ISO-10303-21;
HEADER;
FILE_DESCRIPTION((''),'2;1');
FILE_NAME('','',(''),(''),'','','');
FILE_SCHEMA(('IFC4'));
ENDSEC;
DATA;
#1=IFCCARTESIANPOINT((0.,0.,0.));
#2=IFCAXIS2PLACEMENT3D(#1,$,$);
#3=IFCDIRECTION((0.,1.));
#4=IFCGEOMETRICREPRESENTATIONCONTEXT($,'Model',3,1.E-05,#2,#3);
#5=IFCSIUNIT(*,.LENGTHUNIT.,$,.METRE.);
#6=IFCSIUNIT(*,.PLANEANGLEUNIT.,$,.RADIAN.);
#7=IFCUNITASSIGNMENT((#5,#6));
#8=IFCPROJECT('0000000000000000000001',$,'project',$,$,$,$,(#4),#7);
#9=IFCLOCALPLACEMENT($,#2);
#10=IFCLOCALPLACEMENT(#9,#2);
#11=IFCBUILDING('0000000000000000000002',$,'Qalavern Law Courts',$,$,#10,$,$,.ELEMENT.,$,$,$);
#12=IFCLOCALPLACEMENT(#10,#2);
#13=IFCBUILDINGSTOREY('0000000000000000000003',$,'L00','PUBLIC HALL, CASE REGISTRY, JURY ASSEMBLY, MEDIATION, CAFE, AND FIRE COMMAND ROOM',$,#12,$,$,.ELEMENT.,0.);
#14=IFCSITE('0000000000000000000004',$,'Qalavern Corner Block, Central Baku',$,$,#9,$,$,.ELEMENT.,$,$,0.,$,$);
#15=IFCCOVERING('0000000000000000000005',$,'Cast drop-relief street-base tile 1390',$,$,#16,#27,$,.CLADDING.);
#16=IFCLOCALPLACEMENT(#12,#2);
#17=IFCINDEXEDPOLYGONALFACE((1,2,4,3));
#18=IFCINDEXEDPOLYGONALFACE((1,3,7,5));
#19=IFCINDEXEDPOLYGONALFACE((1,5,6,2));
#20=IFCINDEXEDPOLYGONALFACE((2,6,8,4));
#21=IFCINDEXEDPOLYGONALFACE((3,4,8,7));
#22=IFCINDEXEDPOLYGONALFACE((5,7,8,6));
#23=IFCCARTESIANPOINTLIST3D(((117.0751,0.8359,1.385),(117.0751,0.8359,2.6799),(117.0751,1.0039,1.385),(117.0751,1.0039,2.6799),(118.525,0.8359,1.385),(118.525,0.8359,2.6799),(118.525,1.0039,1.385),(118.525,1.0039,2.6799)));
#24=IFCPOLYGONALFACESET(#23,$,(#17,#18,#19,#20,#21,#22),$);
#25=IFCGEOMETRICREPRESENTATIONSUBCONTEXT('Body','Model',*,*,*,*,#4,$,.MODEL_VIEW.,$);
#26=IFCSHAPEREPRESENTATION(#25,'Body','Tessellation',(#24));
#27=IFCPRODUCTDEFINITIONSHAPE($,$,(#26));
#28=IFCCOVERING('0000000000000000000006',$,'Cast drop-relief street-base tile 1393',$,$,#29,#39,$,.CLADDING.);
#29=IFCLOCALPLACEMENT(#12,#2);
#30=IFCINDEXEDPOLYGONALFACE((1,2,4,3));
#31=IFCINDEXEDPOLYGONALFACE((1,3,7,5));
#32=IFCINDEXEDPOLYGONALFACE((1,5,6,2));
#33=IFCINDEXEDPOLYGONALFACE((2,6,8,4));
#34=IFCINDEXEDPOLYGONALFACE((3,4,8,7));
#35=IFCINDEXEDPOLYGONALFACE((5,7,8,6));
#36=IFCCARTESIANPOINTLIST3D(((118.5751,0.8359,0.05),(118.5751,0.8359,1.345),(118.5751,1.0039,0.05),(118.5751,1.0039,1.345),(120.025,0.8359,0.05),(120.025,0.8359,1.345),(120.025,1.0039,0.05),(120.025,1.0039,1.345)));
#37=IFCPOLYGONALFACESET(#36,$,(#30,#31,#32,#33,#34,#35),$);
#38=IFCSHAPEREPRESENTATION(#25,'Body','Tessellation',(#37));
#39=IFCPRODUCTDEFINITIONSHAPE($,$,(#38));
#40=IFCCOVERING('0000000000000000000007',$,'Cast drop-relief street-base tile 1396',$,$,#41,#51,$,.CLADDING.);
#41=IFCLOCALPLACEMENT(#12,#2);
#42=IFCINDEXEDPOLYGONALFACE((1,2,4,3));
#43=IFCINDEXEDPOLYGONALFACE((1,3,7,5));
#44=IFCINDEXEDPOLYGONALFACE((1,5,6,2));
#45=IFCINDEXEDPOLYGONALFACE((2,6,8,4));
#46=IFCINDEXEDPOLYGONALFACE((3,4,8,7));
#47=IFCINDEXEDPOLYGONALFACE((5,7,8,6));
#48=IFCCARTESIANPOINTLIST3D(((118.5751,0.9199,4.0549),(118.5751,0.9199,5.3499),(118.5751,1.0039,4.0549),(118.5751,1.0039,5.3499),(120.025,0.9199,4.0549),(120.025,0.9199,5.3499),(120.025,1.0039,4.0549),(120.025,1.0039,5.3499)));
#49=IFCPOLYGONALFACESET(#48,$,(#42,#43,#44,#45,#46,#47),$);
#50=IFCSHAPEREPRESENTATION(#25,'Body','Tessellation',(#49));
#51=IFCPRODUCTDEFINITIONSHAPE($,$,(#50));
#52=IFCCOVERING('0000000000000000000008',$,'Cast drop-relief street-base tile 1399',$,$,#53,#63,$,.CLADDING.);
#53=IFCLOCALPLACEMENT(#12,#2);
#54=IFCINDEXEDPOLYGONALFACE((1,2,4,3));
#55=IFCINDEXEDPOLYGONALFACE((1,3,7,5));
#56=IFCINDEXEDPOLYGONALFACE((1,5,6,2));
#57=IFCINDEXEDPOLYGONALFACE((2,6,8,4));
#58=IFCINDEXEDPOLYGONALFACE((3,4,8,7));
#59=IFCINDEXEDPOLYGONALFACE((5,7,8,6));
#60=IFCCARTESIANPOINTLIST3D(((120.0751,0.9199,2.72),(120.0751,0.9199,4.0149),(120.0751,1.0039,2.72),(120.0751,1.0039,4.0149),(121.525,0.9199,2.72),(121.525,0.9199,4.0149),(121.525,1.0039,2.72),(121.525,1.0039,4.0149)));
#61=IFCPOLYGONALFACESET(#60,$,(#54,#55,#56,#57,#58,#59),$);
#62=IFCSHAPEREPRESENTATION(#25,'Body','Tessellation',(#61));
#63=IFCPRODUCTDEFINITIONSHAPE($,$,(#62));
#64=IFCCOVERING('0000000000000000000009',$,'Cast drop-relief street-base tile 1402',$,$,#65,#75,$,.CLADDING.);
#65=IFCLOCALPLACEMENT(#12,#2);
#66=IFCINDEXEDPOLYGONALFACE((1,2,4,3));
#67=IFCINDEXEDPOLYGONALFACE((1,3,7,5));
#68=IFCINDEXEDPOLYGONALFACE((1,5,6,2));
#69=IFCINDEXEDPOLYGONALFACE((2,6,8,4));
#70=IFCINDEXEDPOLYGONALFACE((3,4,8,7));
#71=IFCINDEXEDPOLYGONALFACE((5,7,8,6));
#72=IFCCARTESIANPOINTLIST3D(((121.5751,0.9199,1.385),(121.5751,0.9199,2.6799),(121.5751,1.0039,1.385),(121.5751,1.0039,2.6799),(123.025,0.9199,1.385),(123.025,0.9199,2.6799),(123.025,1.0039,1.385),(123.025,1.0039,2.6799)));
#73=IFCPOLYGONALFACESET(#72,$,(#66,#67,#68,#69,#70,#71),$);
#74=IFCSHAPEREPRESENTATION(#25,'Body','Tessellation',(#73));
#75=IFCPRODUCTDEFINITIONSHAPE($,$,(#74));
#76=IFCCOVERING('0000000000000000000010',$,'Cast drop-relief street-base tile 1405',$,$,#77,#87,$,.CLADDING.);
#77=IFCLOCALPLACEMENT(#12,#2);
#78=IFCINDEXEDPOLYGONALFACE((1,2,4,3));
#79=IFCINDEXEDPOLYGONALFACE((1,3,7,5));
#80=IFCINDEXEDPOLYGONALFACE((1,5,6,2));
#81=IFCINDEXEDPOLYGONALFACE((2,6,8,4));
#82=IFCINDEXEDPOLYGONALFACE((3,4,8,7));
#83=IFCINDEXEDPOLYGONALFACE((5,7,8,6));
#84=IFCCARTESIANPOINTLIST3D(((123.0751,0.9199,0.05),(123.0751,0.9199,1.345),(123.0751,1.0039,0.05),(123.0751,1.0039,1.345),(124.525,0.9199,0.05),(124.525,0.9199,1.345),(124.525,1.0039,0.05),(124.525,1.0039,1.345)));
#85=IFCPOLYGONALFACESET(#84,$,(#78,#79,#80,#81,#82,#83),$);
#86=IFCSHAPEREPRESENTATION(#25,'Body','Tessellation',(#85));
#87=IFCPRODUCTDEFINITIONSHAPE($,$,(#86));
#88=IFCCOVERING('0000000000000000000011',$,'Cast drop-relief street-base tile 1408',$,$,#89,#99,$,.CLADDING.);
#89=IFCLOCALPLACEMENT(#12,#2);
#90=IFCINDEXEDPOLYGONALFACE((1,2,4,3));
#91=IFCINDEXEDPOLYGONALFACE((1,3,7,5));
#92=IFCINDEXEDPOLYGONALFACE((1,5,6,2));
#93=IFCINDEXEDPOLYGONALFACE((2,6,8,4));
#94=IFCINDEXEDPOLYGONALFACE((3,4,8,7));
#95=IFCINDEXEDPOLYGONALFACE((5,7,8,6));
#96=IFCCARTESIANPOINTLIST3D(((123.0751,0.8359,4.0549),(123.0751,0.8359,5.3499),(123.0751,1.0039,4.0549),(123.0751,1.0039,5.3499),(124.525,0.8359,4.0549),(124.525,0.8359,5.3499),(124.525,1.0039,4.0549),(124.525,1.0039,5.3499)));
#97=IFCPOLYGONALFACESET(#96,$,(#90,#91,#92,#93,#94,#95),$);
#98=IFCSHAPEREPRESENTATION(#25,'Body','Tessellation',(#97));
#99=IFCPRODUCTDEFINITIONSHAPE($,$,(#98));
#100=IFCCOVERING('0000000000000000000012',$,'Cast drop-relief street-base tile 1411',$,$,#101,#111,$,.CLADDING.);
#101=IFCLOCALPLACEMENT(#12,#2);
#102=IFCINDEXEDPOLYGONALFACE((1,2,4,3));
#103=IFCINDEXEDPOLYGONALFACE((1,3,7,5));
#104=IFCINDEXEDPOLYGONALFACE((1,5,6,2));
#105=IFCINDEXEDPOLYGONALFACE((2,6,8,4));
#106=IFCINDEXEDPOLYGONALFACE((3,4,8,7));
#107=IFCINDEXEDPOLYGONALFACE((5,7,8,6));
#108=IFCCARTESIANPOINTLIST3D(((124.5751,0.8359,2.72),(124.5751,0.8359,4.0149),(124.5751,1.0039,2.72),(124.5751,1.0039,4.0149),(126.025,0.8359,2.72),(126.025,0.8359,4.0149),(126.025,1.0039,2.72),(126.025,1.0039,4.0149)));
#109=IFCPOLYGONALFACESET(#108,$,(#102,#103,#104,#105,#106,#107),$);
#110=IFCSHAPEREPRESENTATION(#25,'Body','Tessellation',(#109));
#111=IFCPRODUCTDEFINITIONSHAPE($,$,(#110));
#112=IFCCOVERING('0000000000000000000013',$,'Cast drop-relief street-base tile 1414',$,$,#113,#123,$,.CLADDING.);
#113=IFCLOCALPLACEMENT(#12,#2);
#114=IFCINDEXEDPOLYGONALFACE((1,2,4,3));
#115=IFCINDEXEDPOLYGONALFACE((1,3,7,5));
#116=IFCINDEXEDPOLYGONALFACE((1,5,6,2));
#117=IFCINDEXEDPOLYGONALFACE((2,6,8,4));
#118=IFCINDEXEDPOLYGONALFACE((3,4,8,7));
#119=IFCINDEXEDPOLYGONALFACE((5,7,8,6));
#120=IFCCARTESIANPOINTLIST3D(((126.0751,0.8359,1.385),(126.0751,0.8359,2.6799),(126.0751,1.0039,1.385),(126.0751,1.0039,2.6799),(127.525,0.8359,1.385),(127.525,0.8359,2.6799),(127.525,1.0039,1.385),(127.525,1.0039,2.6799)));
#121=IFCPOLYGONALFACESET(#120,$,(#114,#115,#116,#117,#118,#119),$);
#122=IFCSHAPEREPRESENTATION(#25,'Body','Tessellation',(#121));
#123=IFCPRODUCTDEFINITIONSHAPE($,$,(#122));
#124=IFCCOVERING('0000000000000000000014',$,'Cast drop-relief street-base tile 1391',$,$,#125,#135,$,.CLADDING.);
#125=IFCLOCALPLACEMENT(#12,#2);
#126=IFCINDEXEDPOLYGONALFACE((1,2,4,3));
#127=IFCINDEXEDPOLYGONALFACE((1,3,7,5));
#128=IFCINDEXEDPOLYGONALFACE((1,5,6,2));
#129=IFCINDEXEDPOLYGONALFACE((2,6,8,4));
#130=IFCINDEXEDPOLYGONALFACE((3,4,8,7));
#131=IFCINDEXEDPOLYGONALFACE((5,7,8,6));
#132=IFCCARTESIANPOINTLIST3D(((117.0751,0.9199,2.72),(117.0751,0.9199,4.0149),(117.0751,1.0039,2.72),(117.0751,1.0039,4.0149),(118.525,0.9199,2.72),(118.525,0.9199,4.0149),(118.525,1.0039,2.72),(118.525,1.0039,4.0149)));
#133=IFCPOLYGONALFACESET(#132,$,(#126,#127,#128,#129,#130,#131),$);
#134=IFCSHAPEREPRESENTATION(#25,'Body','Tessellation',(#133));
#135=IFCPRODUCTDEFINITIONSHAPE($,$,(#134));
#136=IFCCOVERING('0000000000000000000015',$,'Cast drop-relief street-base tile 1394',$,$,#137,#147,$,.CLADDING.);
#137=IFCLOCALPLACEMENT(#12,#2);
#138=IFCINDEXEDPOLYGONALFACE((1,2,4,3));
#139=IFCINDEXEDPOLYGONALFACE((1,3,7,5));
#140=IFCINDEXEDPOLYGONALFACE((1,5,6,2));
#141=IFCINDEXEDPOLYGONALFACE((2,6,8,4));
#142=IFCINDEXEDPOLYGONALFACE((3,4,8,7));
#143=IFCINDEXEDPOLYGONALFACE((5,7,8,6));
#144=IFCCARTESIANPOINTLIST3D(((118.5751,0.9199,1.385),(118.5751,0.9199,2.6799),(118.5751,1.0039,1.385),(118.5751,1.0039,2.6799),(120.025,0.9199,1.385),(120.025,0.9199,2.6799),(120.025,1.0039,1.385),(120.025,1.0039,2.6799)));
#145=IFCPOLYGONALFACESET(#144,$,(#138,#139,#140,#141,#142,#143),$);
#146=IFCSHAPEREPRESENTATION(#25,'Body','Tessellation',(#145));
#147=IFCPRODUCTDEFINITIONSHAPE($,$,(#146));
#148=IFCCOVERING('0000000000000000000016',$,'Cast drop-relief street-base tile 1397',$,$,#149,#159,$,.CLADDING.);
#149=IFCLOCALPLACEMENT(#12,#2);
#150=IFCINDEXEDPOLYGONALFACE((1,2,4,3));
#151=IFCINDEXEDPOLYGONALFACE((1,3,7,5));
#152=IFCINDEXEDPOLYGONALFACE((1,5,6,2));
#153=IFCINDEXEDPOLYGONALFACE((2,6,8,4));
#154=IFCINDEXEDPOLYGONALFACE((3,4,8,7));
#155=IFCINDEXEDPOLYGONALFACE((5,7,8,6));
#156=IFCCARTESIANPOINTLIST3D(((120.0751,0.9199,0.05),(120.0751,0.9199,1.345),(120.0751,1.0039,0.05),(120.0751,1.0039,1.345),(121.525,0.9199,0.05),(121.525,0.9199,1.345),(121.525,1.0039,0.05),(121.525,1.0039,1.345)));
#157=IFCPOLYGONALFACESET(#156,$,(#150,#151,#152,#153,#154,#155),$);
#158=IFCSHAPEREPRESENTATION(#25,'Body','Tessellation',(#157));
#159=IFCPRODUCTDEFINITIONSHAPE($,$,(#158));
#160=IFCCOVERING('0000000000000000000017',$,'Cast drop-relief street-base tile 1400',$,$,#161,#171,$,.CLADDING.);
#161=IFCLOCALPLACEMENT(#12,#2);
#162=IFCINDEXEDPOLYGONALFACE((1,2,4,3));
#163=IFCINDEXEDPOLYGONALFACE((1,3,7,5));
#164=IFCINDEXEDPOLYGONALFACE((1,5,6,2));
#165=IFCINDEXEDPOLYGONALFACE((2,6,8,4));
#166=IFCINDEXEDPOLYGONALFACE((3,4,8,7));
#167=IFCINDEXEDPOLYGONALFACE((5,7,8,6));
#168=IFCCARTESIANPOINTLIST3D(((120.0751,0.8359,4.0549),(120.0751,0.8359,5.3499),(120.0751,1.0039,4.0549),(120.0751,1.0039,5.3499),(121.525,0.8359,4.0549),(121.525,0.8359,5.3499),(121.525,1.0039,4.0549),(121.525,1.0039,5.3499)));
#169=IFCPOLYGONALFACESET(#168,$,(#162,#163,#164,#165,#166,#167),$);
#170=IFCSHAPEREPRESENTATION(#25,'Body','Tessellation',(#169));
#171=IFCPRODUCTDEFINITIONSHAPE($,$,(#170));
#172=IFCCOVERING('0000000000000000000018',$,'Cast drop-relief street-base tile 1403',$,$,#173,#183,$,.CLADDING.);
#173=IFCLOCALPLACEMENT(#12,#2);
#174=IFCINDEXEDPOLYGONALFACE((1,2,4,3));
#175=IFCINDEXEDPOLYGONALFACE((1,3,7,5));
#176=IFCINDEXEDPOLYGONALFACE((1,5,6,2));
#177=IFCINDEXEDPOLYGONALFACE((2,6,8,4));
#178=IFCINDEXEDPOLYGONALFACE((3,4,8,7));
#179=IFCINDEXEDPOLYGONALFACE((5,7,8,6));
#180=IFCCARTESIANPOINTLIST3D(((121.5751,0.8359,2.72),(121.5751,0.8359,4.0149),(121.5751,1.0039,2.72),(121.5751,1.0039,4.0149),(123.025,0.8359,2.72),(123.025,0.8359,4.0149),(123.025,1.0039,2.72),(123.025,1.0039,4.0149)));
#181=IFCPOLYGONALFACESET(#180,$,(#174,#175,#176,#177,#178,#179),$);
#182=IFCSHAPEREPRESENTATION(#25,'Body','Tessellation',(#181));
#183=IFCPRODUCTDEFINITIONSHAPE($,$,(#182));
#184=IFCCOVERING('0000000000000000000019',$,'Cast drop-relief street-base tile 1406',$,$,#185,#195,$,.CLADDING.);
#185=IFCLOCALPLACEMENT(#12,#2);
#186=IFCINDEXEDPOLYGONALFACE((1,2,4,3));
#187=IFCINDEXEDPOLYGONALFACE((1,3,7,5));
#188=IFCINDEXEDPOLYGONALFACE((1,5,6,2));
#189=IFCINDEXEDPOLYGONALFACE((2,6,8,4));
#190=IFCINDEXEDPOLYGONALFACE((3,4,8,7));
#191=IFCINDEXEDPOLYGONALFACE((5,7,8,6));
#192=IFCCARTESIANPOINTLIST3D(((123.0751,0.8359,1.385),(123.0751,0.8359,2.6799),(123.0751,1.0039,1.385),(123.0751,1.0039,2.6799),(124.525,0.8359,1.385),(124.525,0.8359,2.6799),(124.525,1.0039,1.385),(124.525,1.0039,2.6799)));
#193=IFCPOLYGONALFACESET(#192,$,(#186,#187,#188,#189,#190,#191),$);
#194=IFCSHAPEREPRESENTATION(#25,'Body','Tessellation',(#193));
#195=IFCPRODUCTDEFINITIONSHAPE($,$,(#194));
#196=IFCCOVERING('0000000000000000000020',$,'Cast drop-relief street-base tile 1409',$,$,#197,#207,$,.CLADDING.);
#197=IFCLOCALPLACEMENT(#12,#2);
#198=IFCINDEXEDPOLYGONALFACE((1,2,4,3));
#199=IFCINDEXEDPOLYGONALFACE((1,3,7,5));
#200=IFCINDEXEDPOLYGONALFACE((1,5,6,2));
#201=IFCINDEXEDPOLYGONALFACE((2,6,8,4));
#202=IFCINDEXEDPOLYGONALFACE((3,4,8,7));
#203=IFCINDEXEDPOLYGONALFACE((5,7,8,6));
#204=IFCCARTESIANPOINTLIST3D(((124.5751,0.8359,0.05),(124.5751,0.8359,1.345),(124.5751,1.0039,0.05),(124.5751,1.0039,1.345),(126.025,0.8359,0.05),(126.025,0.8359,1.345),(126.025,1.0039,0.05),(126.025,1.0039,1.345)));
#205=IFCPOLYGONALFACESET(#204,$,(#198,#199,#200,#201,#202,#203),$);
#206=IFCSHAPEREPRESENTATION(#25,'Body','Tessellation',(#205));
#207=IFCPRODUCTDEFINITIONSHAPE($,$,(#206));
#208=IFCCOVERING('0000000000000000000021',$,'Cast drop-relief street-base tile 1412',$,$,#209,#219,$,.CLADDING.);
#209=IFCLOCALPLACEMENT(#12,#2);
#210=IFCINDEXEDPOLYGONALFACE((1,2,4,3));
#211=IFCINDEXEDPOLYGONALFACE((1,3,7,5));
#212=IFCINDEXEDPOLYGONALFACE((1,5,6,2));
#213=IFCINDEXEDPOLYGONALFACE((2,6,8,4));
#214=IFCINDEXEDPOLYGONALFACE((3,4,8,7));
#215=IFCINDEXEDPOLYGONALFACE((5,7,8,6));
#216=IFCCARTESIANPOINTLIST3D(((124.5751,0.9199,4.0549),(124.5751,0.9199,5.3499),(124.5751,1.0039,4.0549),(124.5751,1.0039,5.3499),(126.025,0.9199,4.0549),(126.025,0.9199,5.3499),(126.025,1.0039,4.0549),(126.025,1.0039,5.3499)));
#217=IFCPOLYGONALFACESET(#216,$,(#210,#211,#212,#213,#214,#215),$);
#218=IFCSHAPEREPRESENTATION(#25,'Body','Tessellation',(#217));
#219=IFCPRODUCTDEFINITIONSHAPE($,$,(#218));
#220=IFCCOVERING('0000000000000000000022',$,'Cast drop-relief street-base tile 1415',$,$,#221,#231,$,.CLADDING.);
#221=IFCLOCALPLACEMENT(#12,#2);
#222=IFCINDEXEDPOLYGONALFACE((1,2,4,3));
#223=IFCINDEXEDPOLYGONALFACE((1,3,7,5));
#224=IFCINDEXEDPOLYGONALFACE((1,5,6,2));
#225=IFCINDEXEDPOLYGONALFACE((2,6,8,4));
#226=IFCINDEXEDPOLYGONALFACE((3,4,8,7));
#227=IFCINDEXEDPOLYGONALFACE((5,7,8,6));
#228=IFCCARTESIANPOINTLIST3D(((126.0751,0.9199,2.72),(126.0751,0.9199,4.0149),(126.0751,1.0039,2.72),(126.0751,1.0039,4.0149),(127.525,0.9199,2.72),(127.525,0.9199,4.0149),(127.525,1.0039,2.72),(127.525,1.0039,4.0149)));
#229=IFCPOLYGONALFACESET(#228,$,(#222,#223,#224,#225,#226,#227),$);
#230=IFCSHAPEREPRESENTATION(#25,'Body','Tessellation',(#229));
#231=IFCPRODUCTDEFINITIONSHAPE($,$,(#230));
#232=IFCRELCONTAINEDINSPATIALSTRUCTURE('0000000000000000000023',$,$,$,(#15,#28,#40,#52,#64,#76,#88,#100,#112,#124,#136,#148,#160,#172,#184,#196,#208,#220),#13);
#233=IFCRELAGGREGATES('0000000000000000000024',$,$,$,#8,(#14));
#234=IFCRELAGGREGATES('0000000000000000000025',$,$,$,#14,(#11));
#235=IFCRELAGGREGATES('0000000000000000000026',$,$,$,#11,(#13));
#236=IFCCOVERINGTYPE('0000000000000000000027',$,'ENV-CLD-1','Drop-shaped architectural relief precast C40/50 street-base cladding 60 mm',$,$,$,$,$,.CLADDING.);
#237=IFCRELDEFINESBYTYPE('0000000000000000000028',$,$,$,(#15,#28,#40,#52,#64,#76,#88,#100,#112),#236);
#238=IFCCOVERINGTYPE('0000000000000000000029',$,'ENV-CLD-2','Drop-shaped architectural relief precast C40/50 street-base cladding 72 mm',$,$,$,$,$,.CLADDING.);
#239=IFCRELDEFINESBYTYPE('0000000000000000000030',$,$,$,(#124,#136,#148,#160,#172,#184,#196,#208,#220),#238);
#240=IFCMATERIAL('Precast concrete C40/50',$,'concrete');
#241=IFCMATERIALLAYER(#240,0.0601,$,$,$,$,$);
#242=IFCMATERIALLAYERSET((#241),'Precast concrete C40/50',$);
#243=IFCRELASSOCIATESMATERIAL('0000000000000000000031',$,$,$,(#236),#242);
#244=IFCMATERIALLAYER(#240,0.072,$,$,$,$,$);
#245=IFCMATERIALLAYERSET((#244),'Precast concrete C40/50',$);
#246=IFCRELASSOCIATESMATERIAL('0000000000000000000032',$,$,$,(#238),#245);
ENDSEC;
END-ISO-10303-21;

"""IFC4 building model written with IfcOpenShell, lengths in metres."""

from ifc_helpers import new_model, si_unit, direction, frame, origin, origin_2d, place, context, subcontext, project, spatial, rectangle, extrude, material, layer, layer_set, type_object, element, save


model = new_model("IFC4")

# Units and contexts
model_context = context("Model", 3, precision=1e-05, world=origin(), true_north=direction((0.0, 1.0)))
body_context = subcontext(model_context, "Body", "Model", "MODEL_VIEW")
ifc_project = project(units=[si_unit("LENGTHUNIT", "METRE"), si_unit("PLANEANGLEUNIT", "RADIAN")], contexts=[model_context])

# Site, building, storey
site_placement = place(None, origin())
site = spatial("IfcSite", under=ifc_project, at=site_placement, Name="Qalavern Corner Block, Central Baku", CompositionType="ELEMENT", RefElevation=0.0)
building_placement = place(site_placement, origin())
building = spatial("IfcBuilding", under=site, at=building_placement, Name="Qalavern Law Courts", CompositionType="ELEMENT")
storey_placement = place(building_placement, origin())
storey = spatial("IfcBuildingStorey", under=building, at=storey_placement, Name="L00", Description="PUBLIC HALL, CASE REGISTRY, JURY ASSEMBLY, MEDIATION, CAFE, AND FIRE COMMAND ROOM", CompositionType="ELEMENT", Elevation=0.0)

# Coverings
ifc_material_1 = material(Name="Precast concrete C40/50", Category="concrete")
ifc_layer_1 = layer(ifc_material_1, 0.0601)
ifc_layer_set_1 = layer_set([ifc_layer_1], Name="Precast concrete C40/50")
covering_type_1 = type_object("IfcCoveringType", Name="ENV-CLD-1", Description="Drop-shaped architectural relief precast C40/50 street-base cladding 60 mm", PredefinedType="CLADDING", material=ifc_layer_set_1)
for number, where, z_axis, x_axis, name in (
    (1, (117.8, 0.9199, 1.385), (0.0, 0.0, 1.0), (1.0, 0.0, 0.0), "Cast drop-relief street-base tile 1390"),
    (2, (119.3, 0.9199, 0.05), (0.0, 0.0, 1.0), (1.0, 0.0, 0.0), "Cast drop-relief street-base tile 1393"),
):
    element("IfcCovering", number, at=place(storey_placement, frame(where, z_axis=z_axis, x_axis=x_axis)), inside=storey, type_object=covering_type_1, Name=name, PredefinedType="CLADDING", context=body_context, shape_type="SweptSolid", body=[
        extrude(rectangle(XDim=1.45, YDim=0.168, at=origin_2d()), origin(), (0.0, 0.0, 1.0), 1.2949),
    ])
for number, where, z_axis, x_axis, name in (
    (3, (119.3, 0.9619, 4.0549), (0.0, 0.0, 1.0), (1.0, 0.0, 0.0), "Cast drop-relief street-base tile 1396"),
    (4, (120.8, 0.9619, 2.72), (0.0, 0.0, 1.0), (1.0, 0.0, 0.0), "Cast drop-relief street-base tile 1399"),
    (5, (122.3, 0.9619, 1.385), (0.0, 0.0, 1.0), (1.0, 0.0, 0.0), "Cast drop-relief street-base tile 1402"),
    (6, (123.8, 0.9619, 0.05), (0.0, 0.0, 1.0), (1.0, 0.0, 0.0), "Cast drop-relief street-base tile 1405"),
):
    element("IfcCovering", number, at=place(storey_placement, frame(where, z_axis=z_axis, x_axis=x_axis)), inside=storey, type_object=covering_type_1, Name=name, PredefinedType="CLADDING", context=body_context, shape_type="SweptSolid", body=[
        extrude(rectangle(XDim=1.45, YDim=0.084, at=origin_2d()), origin(), (0.0, 0.0, 1.0), 1.2949),
    ])
for number, where, z_axis, x_axis, name in (
    (7, (123.8, 0.9199, 4.0549), (0.0, 0.0, 1.0), (1.0, 0.0, 0.0), "Cast drop-relief street-base tile 1408"),
    (8, (125.3, 0.9199, 2.72), (0.0, 0.0, 1.0), (1.0, 0.0, 0.0), "Cast drop-relief street-base tile 1411"),
    (9, (126.8, 0.9199, 1.385), (0.0, 0.0, 1.0), (1.0, 0.0, 0.0), "Cast drop-relief street-base tile 1414"),
):
    element("IfcCovering", number, at=place(storey_placement, frame(where, z_axis=z_axis, x_axis=x_axis)), inside=storey, type_object=covering_type_1, Name=name, PredefinedType="CLADDING", context=body_context, shape_type="SweptSolid", body=[
        extrude(rectangle(XDim=1.45, YDim=0.168, at=origin_2d()), origin(), (0.0, 0.0, 1.0), 1.2949),
    ])
ifc_layer_2 = layer(ifc_material_1, 0.072)
ifc_layer_set_2 = layer_set([ifc_layer_2], Name="Precast concrete C40/50")
covering_type_2 = type_object("IfcCoveringType", Name="ENV-CLD-2", Description="Drop-shaped architectural relief precast C40/50 street-base cladding 72 mm", PredefinedType="CLADDING", material=ifc_layer_set_2)
for number, where, z_axis, x_axis, name in (
    (10, (117.8, 0.9619, 2.72), (0.0, 0.0, 1.0), (1.0, 0.0, 0.0), "Cast drop-relief street-base tile 1391"),
    (11, (119.3, 0.9619, 1.385), (0.0, 0.0, 1.0), (1.0, 0.0, 0.0), "Cast drop-relief street-base tile 1394"),
    (12, (120.8, 0.9619, 0.05), (0.0, 0.0, 1.0), (1.0, 0.0, 0.0), "Cast drop-relief street-base tile 1397"),
):
    element("IfcCovering", number, at=place(storey_placement, frame(where, z_axis=z_axis, x_axis=x_axis)), inside=storey, type_object=covering_type_2, Name=name, PredefinedType="CLADDING", context=body_context, shape_type="SweptSolid", body=[
        extrude(rectangle(XDim=1.45, YDim=0.084, at=origin_2d()), origin(), (0.0, 0.0, 1.0), 1.2949),
    ])
for number, where, z_axis, x_axis, name in (
    (13, (120.8, 0.9199, 4.0549), (0.0, 0.0, 1.0), (1.0, 0.0, 0.0), "Cast drop-relief street-base tile 1400"),
    (14, (122.3, 0.9199, 2.72), (0.0, 0.0, 1.0), (1.0, 0.0, 0.0), "Cast drop-relief street-base tile 1403"),
    (15, (123.8, 0.9199, 1.385), (0.0, 0.0, 1.0), (1.0, 0.0, 0.0), "Cast drop-relief street-base tile 1406"),
    (16, (125.3, 0.9199, 0.05), (0.0, 0.0, 1.0), (1.0, 0.0, 0.0), "Cast drop-relief street-base tile 1409"),
):
    element("IfcCovering", number, at=place(storey_placement, frame(where, z_axis=z_axis, x_axis=x_axis)), inside=storey, type_object=covering_type_2, Name=name, PredefinedType="CLADDING", context=body_context, shape_type="SweptSolid", body=[
        extrude(rectangle(XDim=1.45, YDim=0.168, at=origin_2d()), origin(), (0.0, 0.0, 1.0), 1.2949),
    ])
for number, where, z_axis, x_axis, name in (
    (17, (125.3, 0.9619, 4.0549), (0.0, 0.0, 1.0), (1.0, 0.0, 0.0), "Cast drop-relief street-base tile 1412"),
    (18, (126.8, 0.9619, 2.72), (0.0, 0.0, 1.0), (1.0, 0.0, 0.0), "Cast drop-relief street-base tile 1415"),
):
    element("IfcCovering", number, at=place(storey_placement, frame(where, z_axis=z_axis, x_axis=x_axis)), inside=storey, type_object=covering_type_2, Name=name, PredefinedType="CLADDING", context=body_context, shape_type="SweptSolid", body=[
        extrude(rectangle(XDim=1.45, YDim=0.084, at=origin_2d()), origin(), (0.0, 0.0, 1.0), 1.2949),
    ])

save(model, "model.ifc")
